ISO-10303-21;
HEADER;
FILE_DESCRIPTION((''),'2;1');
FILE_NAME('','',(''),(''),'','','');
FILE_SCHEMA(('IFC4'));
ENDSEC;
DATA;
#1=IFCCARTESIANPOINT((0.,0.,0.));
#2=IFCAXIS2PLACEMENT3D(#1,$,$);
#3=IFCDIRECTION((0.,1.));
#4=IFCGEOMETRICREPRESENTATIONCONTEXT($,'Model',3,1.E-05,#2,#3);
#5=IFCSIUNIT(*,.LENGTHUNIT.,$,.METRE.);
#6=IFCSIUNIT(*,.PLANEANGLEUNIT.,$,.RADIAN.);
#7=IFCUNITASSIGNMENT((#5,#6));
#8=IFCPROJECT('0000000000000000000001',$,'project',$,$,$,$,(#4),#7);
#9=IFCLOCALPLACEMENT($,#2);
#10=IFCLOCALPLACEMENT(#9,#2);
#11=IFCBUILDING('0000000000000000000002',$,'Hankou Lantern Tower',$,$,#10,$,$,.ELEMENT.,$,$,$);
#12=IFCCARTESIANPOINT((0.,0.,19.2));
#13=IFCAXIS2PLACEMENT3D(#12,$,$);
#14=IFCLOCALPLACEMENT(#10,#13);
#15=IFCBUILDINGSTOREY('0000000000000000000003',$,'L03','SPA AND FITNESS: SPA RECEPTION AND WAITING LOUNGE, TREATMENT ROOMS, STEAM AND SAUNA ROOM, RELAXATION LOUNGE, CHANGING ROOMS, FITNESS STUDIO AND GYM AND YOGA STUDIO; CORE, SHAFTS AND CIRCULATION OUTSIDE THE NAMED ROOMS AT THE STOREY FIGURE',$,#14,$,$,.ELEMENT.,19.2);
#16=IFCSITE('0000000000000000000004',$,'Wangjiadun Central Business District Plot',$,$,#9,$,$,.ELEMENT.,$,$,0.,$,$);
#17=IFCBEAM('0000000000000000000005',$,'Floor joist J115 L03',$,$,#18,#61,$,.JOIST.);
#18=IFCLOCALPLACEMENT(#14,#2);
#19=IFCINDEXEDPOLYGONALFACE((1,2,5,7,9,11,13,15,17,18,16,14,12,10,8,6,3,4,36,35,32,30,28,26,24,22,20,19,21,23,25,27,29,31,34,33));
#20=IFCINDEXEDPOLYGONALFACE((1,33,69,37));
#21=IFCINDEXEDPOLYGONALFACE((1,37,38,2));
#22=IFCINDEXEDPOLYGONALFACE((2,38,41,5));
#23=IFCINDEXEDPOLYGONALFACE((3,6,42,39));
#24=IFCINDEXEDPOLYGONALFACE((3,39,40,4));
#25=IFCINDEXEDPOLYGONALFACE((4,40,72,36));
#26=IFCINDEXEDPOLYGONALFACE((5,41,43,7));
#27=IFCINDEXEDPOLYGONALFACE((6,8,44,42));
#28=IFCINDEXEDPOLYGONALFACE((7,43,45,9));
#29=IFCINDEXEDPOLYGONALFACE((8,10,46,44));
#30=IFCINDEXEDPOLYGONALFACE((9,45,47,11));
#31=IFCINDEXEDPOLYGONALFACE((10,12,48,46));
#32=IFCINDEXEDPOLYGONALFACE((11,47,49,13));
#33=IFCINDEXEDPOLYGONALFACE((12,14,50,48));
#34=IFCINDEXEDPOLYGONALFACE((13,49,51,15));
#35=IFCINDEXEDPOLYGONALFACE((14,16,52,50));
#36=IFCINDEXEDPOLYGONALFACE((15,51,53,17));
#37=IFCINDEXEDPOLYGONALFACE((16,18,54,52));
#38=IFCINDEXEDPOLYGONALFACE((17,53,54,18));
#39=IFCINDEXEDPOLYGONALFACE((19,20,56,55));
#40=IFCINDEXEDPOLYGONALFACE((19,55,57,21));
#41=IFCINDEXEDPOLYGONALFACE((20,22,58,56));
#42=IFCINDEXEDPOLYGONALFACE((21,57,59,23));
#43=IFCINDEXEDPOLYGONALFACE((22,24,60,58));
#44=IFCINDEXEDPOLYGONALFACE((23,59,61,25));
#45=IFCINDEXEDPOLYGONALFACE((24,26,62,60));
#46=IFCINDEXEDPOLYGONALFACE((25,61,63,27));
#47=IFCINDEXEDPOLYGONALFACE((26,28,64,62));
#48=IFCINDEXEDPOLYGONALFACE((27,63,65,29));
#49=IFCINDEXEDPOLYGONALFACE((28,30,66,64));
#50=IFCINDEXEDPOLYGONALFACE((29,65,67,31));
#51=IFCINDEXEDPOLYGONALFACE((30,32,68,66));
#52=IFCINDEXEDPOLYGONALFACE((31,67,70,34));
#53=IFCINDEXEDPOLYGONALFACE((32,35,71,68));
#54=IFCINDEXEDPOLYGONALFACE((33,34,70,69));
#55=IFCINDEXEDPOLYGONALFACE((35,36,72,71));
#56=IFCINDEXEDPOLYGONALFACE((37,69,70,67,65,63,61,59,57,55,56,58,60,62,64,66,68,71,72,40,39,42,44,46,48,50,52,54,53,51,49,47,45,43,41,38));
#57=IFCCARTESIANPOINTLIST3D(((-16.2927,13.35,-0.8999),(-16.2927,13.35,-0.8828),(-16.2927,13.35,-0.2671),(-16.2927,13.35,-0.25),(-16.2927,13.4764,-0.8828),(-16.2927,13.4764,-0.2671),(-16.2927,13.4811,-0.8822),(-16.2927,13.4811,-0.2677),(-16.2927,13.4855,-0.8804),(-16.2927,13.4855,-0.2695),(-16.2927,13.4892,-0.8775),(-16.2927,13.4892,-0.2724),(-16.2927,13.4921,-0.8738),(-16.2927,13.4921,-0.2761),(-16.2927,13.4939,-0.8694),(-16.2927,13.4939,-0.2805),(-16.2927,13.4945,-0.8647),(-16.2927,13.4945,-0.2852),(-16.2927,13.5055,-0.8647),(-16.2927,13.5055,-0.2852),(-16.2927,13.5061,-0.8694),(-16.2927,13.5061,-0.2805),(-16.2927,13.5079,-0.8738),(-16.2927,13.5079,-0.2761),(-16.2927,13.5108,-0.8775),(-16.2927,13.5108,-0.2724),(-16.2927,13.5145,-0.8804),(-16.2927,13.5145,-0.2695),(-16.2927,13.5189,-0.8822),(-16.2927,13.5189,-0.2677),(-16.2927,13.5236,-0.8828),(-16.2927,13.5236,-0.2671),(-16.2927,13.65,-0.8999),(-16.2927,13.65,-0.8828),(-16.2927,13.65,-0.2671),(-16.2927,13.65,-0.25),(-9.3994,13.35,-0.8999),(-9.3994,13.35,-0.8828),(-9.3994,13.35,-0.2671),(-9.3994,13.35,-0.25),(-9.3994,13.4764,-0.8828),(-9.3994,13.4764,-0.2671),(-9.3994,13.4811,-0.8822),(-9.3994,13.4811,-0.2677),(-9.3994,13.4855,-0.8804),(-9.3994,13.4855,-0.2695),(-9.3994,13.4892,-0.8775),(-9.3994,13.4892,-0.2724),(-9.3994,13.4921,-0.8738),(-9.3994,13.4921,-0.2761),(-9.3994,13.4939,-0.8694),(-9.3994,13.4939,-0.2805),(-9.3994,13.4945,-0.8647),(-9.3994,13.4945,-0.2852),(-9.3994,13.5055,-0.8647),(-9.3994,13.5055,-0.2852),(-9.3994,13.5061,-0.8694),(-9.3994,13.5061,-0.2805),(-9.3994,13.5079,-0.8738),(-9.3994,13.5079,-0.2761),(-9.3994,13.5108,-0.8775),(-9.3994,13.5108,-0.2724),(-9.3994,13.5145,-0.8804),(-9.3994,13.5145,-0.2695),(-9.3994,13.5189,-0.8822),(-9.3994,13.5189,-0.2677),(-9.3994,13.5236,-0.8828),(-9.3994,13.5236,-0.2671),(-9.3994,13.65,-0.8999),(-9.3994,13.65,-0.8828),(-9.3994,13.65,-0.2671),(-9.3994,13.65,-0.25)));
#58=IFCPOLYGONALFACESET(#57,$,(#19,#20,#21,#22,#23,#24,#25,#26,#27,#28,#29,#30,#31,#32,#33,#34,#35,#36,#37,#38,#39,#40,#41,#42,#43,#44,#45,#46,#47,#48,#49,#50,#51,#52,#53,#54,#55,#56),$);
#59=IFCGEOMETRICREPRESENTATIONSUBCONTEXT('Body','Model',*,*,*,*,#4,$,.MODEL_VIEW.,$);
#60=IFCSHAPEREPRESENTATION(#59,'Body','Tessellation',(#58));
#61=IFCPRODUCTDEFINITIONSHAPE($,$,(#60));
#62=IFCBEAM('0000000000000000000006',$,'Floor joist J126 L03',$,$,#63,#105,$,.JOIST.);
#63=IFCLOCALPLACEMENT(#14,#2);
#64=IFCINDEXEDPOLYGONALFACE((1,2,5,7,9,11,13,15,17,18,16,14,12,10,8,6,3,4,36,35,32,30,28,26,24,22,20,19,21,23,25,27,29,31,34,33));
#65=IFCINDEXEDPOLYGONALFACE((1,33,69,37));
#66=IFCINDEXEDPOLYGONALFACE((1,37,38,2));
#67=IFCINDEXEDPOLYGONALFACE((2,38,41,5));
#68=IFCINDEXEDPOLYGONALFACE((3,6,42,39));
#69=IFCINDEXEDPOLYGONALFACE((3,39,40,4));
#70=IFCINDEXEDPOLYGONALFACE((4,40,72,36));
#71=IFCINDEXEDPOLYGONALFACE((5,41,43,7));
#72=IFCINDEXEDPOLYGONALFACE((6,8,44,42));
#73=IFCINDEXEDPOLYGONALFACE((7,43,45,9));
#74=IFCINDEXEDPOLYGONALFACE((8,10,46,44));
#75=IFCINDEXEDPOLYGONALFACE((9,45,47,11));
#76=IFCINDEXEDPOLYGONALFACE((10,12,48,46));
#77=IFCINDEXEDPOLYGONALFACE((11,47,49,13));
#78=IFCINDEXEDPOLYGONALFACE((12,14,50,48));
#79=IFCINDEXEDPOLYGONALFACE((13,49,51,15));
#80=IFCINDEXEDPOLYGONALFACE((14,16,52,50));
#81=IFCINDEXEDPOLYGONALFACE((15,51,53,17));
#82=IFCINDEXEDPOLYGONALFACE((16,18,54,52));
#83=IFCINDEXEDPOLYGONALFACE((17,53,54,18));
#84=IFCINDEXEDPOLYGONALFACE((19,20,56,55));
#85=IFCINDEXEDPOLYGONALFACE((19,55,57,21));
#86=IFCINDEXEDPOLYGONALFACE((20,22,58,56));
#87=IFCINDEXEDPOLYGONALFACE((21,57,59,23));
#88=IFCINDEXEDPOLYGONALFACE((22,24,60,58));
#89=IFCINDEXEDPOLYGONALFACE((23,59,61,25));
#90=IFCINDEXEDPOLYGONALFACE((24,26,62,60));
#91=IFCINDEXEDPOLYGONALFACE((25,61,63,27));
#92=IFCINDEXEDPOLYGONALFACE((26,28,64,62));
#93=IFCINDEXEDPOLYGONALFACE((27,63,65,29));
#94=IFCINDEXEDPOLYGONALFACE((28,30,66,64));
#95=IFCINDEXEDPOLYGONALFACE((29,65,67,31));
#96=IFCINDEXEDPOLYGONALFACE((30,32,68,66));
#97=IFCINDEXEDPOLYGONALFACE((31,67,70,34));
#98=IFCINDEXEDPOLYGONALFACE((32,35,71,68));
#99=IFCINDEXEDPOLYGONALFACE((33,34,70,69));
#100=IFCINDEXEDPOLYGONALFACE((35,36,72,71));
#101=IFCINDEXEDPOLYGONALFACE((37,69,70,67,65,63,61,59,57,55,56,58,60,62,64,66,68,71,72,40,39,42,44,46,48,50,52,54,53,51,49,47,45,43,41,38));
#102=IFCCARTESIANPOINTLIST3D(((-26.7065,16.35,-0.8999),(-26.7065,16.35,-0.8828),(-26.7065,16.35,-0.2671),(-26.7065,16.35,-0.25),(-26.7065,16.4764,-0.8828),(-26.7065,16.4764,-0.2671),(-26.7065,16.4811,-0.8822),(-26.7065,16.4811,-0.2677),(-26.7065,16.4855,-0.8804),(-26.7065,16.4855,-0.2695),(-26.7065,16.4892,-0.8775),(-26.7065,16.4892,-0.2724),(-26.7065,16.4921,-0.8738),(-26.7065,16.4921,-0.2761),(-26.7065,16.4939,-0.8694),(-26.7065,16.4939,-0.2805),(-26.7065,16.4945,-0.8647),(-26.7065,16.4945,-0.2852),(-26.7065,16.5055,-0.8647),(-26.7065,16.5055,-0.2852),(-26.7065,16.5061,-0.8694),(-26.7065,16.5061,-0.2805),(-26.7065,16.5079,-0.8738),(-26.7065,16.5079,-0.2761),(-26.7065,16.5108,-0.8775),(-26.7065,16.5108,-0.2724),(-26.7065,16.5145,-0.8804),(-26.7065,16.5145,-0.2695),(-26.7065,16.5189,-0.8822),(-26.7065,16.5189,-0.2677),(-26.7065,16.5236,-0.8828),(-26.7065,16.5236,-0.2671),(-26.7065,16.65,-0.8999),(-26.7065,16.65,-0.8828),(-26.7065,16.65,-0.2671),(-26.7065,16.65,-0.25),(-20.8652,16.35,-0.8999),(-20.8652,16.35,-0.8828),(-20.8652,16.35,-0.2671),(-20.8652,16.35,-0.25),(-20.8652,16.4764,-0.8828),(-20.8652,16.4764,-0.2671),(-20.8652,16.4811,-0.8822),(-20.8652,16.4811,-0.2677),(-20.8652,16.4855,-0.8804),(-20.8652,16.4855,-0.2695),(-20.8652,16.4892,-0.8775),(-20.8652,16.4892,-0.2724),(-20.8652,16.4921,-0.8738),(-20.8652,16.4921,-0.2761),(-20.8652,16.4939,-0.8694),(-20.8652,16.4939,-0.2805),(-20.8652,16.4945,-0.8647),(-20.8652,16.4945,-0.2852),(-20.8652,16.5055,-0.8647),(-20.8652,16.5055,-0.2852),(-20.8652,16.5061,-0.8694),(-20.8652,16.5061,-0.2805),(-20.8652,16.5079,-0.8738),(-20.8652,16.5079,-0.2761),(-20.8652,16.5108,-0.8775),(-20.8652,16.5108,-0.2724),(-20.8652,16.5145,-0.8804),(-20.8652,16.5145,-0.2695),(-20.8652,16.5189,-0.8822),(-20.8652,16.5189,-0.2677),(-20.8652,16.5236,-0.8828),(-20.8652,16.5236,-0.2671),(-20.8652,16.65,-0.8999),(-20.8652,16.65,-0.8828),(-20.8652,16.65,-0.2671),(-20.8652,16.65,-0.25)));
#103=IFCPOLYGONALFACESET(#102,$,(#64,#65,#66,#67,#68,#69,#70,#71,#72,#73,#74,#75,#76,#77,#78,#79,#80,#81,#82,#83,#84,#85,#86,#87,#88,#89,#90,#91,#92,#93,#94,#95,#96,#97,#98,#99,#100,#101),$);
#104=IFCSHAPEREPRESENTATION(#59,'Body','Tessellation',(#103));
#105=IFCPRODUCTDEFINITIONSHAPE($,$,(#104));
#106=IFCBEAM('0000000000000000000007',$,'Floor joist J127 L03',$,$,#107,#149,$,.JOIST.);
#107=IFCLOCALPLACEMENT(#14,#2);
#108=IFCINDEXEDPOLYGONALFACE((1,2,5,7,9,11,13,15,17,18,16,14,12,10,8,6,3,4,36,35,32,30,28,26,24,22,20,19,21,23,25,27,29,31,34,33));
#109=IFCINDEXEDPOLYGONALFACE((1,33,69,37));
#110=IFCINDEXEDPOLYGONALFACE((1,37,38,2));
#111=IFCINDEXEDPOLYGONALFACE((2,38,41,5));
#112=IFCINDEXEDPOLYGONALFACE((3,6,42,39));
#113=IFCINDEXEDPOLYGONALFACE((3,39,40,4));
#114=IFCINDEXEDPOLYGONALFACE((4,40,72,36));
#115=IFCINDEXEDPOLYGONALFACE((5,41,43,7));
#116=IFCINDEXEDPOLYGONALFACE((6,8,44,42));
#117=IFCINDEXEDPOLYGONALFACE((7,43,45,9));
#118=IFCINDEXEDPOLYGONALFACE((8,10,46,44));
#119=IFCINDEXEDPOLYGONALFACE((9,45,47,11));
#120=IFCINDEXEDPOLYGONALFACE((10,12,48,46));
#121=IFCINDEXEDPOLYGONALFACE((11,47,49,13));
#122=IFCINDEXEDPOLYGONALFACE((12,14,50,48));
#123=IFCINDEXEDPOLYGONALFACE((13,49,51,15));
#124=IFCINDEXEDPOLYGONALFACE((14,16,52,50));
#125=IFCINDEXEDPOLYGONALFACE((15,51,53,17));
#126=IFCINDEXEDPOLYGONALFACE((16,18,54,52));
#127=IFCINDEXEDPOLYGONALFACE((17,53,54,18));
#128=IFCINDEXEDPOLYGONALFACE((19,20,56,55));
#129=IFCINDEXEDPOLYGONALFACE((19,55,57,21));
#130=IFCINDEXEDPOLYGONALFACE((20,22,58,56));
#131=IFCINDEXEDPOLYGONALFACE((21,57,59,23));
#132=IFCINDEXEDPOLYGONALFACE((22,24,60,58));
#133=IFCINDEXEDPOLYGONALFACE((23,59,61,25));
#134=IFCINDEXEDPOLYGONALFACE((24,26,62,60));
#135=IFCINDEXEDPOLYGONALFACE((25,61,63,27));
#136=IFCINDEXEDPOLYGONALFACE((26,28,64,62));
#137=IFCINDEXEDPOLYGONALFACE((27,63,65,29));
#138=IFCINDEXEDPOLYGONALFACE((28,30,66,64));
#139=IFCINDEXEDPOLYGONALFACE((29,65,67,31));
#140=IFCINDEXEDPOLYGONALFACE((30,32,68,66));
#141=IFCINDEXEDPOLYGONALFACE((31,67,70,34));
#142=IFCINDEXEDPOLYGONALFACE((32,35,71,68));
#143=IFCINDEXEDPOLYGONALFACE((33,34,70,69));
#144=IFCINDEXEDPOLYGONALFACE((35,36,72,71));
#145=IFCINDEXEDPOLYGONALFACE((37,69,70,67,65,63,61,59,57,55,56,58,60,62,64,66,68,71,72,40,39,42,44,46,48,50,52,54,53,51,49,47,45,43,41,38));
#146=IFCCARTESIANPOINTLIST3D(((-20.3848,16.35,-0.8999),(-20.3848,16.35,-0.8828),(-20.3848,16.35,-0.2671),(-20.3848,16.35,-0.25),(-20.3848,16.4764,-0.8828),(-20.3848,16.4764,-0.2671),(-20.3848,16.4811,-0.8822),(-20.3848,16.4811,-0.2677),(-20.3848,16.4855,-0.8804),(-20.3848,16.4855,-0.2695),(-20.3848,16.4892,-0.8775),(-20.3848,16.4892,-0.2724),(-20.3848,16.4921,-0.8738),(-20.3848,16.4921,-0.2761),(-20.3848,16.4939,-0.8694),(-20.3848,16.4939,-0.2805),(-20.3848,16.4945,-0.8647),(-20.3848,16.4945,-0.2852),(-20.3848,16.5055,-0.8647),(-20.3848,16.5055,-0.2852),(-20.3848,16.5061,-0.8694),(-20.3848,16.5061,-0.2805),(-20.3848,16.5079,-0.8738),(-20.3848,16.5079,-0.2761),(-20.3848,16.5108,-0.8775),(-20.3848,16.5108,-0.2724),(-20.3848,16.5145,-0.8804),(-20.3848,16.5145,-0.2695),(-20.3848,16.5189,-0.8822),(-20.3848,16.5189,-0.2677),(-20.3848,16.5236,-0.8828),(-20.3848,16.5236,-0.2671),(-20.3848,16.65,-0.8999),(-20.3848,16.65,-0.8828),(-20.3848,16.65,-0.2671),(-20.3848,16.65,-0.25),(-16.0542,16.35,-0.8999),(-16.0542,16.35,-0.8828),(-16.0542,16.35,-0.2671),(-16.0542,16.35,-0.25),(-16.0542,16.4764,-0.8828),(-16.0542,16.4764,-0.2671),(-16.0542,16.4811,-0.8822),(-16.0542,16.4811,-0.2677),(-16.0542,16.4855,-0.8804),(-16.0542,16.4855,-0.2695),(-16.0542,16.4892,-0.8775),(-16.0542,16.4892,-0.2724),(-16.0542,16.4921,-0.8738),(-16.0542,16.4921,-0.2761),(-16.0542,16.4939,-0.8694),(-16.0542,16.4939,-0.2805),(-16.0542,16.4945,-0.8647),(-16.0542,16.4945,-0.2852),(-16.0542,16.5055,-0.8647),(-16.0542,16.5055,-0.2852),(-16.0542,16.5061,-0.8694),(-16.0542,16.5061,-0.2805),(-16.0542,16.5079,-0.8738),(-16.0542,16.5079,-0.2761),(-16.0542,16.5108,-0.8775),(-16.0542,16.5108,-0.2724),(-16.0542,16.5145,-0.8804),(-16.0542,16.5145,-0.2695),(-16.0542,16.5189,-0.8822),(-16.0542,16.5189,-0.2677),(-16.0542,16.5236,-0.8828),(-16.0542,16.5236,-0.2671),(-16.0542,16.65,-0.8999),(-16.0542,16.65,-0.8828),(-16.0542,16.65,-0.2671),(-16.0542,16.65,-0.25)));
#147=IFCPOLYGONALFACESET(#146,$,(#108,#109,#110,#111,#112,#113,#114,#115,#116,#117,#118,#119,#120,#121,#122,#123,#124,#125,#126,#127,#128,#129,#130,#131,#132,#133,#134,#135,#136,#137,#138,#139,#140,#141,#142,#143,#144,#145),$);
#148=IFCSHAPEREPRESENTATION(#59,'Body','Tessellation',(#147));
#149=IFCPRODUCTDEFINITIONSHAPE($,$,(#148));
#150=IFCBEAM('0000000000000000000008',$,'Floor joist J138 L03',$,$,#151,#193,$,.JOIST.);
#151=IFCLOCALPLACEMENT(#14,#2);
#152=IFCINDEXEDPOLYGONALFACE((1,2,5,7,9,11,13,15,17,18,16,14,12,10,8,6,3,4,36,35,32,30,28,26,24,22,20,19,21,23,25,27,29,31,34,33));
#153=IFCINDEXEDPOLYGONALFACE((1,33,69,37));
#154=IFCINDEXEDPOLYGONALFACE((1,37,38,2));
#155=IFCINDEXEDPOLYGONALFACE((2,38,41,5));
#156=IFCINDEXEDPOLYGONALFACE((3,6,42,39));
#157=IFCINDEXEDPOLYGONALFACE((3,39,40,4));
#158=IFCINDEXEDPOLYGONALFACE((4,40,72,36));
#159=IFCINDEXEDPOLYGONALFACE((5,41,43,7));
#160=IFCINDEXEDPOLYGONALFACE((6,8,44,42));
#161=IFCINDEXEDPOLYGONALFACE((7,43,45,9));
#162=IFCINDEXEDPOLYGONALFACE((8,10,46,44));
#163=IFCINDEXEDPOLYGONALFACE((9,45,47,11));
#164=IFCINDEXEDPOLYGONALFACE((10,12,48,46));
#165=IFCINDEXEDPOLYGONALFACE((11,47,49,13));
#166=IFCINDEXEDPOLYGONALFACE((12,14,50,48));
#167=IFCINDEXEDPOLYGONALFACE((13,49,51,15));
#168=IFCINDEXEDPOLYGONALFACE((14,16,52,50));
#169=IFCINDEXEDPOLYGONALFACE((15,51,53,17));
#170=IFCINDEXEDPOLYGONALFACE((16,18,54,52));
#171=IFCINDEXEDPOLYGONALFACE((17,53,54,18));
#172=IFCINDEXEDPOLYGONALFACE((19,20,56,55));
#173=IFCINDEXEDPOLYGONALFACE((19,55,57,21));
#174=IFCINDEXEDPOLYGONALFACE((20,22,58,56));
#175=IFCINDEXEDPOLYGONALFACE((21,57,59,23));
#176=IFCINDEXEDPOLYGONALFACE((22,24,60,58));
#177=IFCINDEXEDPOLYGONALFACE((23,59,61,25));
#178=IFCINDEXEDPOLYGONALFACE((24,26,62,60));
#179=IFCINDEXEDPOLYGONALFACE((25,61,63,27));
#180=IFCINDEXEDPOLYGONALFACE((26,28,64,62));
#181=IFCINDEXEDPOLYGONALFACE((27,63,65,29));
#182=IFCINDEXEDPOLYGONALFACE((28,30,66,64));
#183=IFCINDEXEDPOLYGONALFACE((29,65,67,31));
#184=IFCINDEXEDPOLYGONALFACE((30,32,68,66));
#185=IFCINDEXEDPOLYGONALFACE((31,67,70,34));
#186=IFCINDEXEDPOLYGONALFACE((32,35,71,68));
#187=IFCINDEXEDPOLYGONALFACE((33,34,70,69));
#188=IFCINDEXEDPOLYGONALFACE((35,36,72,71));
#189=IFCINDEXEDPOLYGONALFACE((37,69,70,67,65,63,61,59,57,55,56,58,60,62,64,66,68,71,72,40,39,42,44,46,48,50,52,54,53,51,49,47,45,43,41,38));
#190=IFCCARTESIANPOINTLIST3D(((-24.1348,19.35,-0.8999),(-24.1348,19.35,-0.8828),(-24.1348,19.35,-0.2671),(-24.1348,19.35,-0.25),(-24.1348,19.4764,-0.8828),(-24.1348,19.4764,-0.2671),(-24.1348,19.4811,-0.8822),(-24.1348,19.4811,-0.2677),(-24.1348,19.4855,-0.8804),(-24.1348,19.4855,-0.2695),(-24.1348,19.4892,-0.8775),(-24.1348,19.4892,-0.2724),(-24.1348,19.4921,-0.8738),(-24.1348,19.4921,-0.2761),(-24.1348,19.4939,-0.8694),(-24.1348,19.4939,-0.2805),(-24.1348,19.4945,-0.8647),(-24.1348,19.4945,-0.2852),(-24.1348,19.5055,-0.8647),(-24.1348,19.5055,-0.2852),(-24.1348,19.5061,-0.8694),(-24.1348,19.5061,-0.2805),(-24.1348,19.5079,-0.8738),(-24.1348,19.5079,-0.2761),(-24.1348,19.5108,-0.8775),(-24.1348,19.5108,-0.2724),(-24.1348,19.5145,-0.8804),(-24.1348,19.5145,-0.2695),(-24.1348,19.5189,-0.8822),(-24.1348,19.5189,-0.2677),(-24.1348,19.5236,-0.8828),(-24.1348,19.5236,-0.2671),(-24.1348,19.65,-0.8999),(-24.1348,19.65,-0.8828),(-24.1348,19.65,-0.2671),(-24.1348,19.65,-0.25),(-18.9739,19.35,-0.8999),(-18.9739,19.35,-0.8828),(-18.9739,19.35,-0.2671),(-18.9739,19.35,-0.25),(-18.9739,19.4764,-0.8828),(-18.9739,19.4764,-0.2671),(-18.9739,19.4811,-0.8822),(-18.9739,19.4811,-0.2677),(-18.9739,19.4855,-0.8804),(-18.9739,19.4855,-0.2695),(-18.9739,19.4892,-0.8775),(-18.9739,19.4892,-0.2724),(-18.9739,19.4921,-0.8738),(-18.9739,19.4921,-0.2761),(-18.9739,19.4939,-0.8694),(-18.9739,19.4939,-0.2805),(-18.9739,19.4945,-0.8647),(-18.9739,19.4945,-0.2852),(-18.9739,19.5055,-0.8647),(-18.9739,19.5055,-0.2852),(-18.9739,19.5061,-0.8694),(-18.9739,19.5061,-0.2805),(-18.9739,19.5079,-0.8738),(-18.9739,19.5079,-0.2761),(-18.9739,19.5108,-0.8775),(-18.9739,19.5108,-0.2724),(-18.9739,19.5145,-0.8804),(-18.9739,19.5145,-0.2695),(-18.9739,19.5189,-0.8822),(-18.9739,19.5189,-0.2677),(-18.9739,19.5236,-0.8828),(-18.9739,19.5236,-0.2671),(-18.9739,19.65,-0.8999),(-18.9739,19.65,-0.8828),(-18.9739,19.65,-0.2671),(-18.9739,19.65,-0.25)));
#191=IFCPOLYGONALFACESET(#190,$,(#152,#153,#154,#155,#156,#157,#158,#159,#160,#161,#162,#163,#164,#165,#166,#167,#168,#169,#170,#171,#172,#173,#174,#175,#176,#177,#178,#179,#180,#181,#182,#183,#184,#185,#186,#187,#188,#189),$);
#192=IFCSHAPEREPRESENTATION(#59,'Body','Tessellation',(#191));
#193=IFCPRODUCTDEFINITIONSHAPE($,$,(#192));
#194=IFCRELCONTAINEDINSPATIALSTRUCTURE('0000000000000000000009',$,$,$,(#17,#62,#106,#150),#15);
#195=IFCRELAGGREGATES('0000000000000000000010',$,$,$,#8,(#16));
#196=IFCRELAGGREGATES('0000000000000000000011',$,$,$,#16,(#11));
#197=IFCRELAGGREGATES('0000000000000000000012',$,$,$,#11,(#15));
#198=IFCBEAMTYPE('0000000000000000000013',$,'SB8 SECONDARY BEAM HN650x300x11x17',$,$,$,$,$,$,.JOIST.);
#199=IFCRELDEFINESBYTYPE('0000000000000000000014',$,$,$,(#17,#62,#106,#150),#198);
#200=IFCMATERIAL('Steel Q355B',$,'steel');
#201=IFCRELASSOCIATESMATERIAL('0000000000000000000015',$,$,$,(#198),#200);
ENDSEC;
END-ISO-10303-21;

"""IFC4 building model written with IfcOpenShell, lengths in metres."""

from ifc_helpers import new_model, si_unit, direction, frame, origin, origin_2d, place, context, subcontext, project, spatial, i_section, extrude, material, material_profile, profile_set, type_object, element, save


model = new_model("IFC4")

# Units and contexts
model_context = context("Model", 3, precision=1e-05, world=origin(), true_north=direction((0.0, 1.0)))
body_context = subcontext(model_context, "Body", "Model", "MODEL_VIEW")
ifc_project = project(units=[si_unit("LENGTHUNIT", "METRE"), si_unit("PLANEANGLEUNIT", "RADIAN")], contexts=[model_context])

# Site, building, storey
site_placement = place(None, origin())
site = spatial("IfcSite", under=ifc_project, at=site_placement, Name="Wangjiadun Central Business District Plot", CompositionType="ELEMENT", RefElevation=0.0)
building_placement = place(site_placement, origin())
building = spatial("IfcBuilding", under=site, at=building_placement, Name="Hankou Lantern Tower", CompositionType="ELEMENT")
storey_placement = place(building_placement, frame((0.0, 0.0, 19.2)))
storey = spatial("IfcBuildingStorey", under=building, at=storey_placement, Name="L03", Description="SPA AND FITNESS: SPA RECEPTION AND WAITING LOUNGE, TREATMENT ROOMS, STEAM AND SAUNA ROOM, RELAXATION LOUNGE, CHANGING ROOMS, FITNESS STUDIO AND GYM AND YOGA STUDIO; CORE, SHAFTS AND CIRCULATION OUTSIDE THE NAMED ROOMS AT THE STOREY FIGURE", CompositionType="ELEMENT", Elevation=19.2)

# Beams
ifc_material_1 = material(Name="Steel Q355B", Category="steel")
ifc_material_profile_1 = material_profile(ifc_material_1, i_section(OverallWidth=0.3, OverallDepth=0.6499, WebThickness=0.011, FlangeThickness=0.0171, FilletRadius=0.0181, at=origin_2d()), Name="HN650x300x11x17")
ifc_profile_set_1 = profile_set([ifc_material_profile_1], Name="Steel Q355B")
beam_type_1 = type_object("IfcBeamType", Name="SB8 SECONDARY BEAM HN650x300x11x17", PredefinedType="JOIST", material=ifc_profile_set_1)
beam_1_placement = place(storey_placement, frame((-16.2927, 13.5, -0.575), z_axis=(1.0, 0.0, 0.0), x_axis=(0.0, 1.0, 0.0)))
element("IfcBeam", 1, at=beam_1_placement, inside=storey, type_object=beam_type_1, Name="Floor joist J115 L03", PredefinedType="JOIST", context=body_context, shape_type="SweptSolid", body=[
    extrude(i_section(OverallWidth=0.3, OverallDepth=0.6499, WebThickness=0.011, FlangeThickness=0.0171, FilletRadius=0.0181, at=origin_2d()), origin(), (0.0, 0.0, 1.0), 6.8933),
])
beam_2_placement = place(storey_placement, frame((-26.7065, 16.5, -0.575), z_axis=(1.0, 0.0, 0.0), x_axis=(0.0, 1.0, 0.0)))
element("IfcBeam", 2, at=beam_2_placement, inside=storey, type_object=beam_type_1, Name="Floor joist J126 L03", PredefinedType="JOIST", context=body_context, shape_type="SweptSolid", body=[
    extrude(i_section(OverallWidth=0.3, OverallDepth=0.6499, WebThickness=0.011, FlangeThickness=0.0171, FilletRadius=0.0181, at=origin_2d()), origin(), (0.0, 0.0, 1.0), 5.8413),
])
beam_3_placement = place(storey_placement, frame((-20.3848, 16.5, -0.575), z_axis=(1.0, 0.0, 0.0), x_axis=(0.0, 1.0, 0.0)))
element("IfcBeam", 3, at=beam_3_placement, inside=storey, type_object=beam_type_1, Name="Floor joist J127 L03", PredefinedType="JOIST", context=body_context, shape_type="SweptSolid", body=[
    extrude(i_section(OverallWidth=0.3, OverallDepth=0.6499, WebThickness=0.011, FlangeThickness=0.0171, FilletRadius=0.0181, at=origin_2d()), origin(), (0.0, 0.0, 1.0), 4.3306),
])
beam_4_placement = place(storey_placement, frame((-24.1348, 19.5, -0.575), z_axis=(1.0, 0.0, 0.0), x_axis=(0.0, 1.0, 0.0)))
element("IfcBeam", 4, at=beam_4_placement, inside=storey, type_object=beam_type_1, Name="Floor joist J138 L03", PredefinedType="JOIST", context=body_context, shape_type="SweptSolid", body=[
    extrude(i_section(OverallWidth=0.3, OverallDepth=0.6499, WebThickness=0.011, FlangeThickness=0.0171, FilletRadius=0.0181, at=origin_2d()), origin(), (0.0, 0.0, 1.0), 5.1609),
])

save(model, "model.ifc")
